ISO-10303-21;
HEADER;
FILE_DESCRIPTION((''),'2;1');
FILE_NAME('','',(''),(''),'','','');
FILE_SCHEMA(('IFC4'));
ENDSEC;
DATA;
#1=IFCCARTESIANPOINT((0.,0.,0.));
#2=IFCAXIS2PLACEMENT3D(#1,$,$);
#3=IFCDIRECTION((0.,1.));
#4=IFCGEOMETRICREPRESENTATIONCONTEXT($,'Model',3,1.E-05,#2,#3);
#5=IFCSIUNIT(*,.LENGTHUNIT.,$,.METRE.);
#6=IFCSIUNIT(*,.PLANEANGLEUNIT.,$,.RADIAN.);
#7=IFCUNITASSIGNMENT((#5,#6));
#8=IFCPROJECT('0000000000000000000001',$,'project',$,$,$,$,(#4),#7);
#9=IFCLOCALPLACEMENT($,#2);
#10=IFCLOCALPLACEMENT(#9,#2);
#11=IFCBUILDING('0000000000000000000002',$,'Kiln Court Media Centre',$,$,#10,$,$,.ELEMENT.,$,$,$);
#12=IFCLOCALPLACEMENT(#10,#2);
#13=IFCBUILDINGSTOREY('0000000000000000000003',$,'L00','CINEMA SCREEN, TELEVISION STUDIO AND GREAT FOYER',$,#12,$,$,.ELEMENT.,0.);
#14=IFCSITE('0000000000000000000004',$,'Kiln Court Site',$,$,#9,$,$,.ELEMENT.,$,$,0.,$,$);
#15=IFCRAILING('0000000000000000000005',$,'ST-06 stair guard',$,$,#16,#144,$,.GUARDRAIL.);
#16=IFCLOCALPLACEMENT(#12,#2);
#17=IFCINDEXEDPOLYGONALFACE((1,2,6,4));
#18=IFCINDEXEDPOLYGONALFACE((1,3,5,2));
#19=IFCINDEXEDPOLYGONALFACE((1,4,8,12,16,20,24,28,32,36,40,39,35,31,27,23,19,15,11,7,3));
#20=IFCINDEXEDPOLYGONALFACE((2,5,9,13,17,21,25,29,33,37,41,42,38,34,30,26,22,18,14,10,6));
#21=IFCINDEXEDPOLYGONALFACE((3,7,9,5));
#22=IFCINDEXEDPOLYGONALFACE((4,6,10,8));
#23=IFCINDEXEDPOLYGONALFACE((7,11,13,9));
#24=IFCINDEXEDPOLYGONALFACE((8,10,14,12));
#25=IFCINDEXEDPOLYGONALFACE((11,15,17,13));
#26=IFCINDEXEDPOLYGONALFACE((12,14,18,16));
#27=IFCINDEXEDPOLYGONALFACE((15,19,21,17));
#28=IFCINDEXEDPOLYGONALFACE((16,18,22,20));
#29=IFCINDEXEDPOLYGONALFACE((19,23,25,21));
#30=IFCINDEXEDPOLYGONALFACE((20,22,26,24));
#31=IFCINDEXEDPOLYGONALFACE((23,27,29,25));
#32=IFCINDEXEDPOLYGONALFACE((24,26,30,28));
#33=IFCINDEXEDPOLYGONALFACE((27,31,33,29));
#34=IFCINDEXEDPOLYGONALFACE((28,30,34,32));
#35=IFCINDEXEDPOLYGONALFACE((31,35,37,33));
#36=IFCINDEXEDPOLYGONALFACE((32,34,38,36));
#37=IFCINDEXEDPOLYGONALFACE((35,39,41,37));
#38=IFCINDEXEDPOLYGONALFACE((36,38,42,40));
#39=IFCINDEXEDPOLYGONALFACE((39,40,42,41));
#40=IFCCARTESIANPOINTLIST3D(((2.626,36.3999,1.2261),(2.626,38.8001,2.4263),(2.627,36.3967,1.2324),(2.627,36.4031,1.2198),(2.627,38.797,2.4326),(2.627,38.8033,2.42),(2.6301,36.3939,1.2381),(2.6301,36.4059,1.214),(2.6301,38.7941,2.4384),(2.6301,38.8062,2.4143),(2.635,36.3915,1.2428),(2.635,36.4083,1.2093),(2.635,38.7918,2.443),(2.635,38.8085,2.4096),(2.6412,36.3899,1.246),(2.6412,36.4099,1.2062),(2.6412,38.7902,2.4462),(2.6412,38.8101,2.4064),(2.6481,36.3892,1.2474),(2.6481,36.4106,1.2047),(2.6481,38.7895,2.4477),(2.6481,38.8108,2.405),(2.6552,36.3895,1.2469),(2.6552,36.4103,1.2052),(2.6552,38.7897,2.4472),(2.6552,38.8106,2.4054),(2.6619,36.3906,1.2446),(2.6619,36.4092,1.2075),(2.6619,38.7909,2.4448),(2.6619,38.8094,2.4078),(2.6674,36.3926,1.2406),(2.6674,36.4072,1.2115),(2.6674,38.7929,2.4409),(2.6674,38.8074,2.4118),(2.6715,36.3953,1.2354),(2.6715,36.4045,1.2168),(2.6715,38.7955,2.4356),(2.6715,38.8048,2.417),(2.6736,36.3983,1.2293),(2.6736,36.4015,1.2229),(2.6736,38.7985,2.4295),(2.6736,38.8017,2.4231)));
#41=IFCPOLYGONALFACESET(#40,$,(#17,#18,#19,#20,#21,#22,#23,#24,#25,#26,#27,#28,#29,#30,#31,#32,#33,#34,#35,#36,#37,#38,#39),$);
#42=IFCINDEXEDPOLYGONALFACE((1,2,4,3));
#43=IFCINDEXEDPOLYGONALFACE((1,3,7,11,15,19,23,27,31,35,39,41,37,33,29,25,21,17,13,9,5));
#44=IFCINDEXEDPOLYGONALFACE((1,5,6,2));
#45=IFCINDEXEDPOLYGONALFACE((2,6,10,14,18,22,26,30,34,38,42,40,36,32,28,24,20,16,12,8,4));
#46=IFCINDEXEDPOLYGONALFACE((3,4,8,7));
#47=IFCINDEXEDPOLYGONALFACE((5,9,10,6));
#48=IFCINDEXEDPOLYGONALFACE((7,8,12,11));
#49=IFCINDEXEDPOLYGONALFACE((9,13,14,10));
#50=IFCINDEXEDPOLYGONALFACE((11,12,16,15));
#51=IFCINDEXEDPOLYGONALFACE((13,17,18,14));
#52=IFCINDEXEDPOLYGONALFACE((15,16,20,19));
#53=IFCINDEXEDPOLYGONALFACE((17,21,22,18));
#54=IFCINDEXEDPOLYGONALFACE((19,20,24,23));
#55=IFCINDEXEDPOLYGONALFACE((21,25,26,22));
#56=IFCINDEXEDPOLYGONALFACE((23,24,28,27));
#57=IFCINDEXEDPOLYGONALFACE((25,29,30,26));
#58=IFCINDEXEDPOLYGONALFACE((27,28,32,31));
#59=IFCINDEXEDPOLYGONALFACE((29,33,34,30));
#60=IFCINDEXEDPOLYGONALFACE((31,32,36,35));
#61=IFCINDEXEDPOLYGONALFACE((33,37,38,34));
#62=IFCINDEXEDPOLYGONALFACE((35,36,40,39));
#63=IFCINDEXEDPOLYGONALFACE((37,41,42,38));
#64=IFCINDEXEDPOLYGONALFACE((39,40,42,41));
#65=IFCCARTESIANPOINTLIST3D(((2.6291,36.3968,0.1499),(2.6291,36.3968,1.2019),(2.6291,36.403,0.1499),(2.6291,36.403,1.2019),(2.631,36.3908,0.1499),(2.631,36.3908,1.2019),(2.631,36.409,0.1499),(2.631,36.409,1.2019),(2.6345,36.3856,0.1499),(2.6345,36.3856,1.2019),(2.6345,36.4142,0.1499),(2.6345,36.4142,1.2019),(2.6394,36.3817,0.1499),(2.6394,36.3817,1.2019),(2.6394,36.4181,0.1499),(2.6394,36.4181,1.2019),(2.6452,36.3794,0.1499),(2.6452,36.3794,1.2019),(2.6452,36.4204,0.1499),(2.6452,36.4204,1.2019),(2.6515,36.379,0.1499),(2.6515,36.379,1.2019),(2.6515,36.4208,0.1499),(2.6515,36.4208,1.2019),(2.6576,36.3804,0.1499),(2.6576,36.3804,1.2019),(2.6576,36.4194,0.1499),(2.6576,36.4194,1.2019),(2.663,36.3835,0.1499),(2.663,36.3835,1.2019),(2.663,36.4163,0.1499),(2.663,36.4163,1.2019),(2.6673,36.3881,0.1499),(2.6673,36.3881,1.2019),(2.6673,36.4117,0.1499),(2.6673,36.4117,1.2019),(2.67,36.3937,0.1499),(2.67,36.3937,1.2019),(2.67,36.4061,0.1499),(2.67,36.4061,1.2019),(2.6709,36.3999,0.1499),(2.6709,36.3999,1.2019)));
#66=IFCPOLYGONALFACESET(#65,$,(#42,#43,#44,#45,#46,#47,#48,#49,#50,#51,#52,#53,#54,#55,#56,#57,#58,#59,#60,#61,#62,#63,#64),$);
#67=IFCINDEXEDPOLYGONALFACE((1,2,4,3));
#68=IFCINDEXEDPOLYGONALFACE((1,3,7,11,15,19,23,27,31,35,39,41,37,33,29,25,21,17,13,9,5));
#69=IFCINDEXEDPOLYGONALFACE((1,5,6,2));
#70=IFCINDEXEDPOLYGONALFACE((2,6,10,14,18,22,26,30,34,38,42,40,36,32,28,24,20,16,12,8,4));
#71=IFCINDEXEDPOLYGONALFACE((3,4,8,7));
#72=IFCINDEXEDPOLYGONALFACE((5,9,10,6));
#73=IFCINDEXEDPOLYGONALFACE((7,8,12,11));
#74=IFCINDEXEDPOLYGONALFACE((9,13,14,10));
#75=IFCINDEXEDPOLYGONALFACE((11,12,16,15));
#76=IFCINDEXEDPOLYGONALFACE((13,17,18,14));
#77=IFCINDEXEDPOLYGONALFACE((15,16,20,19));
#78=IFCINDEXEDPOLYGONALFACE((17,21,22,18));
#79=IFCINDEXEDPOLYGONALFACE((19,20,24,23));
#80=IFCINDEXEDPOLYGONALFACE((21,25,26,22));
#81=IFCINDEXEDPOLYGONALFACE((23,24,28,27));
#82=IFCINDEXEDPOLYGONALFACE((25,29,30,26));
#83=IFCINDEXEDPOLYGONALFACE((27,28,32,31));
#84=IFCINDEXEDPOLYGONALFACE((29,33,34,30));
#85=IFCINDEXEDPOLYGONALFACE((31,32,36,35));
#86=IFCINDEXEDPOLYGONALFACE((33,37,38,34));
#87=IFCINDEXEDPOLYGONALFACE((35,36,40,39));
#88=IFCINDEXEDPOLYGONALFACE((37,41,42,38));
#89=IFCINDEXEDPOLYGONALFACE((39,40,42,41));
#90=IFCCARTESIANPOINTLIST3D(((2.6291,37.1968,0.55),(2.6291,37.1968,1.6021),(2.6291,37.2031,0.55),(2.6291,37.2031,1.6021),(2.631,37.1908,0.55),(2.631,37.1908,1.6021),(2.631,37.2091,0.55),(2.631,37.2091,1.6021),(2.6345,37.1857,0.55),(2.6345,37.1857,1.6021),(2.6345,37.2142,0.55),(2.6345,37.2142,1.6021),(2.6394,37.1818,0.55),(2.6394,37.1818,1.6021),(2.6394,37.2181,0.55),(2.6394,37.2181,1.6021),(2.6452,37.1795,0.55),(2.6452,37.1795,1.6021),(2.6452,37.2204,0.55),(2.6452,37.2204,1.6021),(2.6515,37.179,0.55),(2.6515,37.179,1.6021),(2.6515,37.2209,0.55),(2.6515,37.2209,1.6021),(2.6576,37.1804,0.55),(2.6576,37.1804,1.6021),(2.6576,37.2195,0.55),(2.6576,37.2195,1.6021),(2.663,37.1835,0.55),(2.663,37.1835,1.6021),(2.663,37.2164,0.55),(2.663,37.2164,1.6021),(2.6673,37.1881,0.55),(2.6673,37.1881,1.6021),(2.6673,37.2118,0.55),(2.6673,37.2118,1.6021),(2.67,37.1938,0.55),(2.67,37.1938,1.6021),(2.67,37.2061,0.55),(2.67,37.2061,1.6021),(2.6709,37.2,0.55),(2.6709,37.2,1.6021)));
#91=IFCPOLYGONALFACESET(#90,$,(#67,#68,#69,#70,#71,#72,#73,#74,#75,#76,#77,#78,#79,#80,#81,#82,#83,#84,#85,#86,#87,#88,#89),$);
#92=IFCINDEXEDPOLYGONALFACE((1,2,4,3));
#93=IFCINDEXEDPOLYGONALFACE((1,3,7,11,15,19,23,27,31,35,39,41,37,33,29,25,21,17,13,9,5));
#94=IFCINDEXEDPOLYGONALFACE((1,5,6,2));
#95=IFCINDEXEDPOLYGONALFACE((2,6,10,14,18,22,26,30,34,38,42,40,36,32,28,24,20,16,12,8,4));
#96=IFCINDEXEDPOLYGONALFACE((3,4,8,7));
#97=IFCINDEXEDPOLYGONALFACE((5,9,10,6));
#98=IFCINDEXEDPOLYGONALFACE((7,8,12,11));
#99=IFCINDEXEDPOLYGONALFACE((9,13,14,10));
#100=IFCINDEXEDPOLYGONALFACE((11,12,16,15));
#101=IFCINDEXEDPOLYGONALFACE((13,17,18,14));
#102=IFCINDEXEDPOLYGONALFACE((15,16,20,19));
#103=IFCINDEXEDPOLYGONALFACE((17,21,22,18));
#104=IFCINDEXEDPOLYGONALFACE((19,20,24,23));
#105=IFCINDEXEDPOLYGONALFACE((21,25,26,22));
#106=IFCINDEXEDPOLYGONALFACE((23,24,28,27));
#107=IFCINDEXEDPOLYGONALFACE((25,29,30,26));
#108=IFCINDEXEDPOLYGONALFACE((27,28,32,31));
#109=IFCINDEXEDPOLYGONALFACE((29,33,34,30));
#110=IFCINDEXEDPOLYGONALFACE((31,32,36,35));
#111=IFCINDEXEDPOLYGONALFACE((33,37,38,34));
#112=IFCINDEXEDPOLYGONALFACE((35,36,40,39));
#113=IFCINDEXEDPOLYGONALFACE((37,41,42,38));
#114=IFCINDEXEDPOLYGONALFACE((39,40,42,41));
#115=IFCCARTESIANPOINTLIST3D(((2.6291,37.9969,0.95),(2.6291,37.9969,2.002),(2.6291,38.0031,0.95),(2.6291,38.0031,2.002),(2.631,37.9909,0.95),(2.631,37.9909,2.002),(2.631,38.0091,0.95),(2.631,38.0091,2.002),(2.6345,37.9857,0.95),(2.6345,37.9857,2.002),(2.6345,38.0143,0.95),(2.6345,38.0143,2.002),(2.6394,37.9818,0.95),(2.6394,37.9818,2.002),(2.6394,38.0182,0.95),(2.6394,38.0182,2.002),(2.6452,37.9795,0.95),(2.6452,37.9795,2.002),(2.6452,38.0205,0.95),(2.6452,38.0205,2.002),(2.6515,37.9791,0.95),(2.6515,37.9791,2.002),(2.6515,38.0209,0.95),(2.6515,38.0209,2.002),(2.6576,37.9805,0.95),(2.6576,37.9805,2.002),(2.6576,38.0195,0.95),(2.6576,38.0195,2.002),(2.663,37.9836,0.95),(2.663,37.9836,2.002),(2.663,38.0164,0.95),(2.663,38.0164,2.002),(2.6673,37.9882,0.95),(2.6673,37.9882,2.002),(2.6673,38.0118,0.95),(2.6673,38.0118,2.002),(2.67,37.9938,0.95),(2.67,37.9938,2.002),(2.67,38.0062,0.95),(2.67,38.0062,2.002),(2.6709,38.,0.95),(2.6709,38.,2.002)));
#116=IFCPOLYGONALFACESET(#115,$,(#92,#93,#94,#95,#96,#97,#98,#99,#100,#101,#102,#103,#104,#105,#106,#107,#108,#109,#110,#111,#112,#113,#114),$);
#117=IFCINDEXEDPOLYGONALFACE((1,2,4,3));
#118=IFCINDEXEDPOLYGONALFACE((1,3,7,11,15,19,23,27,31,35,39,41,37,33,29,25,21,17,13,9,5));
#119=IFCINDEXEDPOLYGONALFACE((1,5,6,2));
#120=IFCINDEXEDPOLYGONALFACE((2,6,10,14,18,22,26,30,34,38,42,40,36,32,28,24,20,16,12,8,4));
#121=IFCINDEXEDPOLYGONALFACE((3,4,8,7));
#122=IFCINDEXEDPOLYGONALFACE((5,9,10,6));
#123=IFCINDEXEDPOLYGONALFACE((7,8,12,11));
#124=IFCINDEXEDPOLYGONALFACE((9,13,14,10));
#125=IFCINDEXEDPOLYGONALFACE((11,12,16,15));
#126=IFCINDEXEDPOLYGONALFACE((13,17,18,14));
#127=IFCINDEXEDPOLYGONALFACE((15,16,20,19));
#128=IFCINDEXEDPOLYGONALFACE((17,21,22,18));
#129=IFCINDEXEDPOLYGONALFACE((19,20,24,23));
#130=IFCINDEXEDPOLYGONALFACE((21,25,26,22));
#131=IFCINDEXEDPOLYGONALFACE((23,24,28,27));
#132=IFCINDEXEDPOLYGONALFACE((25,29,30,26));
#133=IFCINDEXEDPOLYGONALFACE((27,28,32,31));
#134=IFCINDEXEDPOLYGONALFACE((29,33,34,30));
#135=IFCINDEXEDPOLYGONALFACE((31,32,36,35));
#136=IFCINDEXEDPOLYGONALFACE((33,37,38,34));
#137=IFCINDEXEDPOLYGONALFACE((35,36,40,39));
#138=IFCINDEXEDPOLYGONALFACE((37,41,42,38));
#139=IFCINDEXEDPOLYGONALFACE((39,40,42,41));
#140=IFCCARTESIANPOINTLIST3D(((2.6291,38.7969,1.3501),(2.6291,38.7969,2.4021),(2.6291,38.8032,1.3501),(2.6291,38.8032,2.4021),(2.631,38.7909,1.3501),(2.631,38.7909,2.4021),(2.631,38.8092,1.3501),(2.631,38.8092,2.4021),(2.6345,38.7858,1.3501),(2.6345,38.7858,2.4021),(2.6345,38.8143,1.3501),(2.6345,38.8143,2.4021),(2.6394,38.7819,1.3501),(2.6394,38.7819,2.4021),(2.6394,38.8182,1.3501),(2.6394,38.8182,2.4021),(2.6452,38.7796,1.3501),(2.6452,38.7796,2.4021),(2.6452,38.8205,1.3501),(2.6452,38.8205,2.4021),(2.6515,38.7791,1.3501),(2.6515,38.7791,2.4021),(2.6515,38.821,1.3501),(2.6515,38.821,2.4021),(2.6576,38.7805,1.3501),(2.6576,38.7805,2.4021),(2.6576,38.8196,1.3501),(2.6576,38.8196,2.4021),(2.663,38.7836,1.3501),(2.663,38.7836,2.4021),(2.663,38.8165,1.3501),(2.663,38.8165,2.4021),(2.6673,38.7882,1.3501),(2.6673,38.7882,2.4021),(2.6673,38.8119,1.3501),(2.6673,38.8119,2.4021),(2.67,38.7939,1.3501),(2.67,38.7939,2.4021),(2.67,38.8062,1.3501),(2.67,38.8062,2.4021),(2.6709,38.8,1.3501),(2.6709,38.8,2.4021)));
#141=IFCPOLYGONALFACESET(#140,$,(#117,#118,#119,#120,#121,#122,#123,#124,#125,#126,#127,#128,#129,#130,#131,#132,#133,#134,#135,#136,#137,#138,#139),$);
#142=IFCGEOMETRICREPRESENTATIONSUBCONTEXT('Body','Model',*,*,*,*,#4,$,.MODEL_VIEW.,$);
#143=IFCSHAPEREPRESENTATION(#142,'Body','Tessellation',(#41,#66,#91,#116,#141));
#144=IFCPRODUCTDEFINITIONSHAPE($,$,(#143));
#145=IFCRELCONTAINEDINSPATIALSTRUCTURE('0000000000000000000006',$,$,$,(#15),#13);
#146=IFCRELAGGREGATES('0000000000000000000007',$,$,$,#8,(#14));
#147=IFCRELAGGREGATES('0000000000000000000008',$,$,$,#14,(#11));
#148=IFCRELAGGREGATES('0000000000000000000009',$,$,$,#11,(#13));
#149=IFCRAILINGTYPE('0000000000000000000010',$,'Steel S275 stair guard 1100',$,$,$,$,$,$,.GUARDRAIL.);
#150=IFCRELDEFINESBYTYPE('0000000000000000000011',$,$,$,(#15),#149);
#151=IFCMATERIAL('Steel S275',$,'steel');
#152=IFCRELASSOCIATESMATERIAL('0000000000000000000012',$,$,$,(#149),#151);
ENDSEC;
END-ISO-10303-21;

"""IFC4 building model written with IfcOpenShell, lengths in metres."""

from ifc_helpers import new_model, si_unit, direction, frame, origin, origin_2d, place, context, subcontext, project, spatial, circle, extrude, material, type_object, element, save


model = new_model("IFC4")

# Units and contexts
model_context = context("Model", 3, precision=1e-05, world=origin(), true_north=direction((0.0, 1.0)))
body_context = subcontext(model_context, "Body", "Model", "MODEL_VIEW")
ifc_project = project(units=[si_unit("LENGTHUNIT", "METRE"), si_unit("PLANEANGLEUNIT", "RADIAN")], contexts=[model_context])

# Site, building, storey
site_placement = place(None, origin())
site = spatial("IfcSite", under=ifc_project, at=site_placement, Name="Kiln Court Site", CompositionType="ELEMENT", RefElevation=0.0)
building_placement = place(site_placement, origin())
building = spatial("IfcBuilding", under=site, at=building_placement, Name="Kiln Court Media Centre", CompositionType="ELEMENT")
storey_placement = place(building_placement, origin())
storey = spatial("IfcBuildingStorey", under=building, at=storey_placement, Name="L00", Description="CINEMA SCREEN, TELEVISION STUDIO AND GREAT FOYER", CompositionType="ELEMENT", Elevation=0.0)

# Railing
ifc_material_1 = material(Name="Steel S275", Category="steel")
railing_type_1 = type_object("IfcRailingType", Name="Steel S275 stair guard 1100", PredefinedType="GUARDRAIL", material=ifc_material_1)
railing_1_placement = place(storey_placement, frame((2.6499, 36.3999, 0.1499)))
element("IfcRailing", 1, at=railing_1_placement, inside=storey, type_object=railing_type_1, Name="ST-06 stair guard", PredefinedType="GUARDRAIL", context=body_context, shape_type="SweptSolid", body=[
    extrude(circle(Radius=0.0239, at=origin_2d()), frame((0.0, 0.0, 1.0762), z_axis=(0.0, 0.894409, 0.44725), x_axis=(-1.0, 0.0, 0.0)), (0.0, 0.0, 1.0), 2.6836),
    extrude(circle(Radius=0.021, at=origin_2d()), origin(), (0.0, 0.0, 1.0), 1.052),
    extrude(circle(Radius=0.021, at=origin_2d()), frame((0.0, 0.8, 0.4001)), (0.0, 0.0, 1.0), 1.052),
    extrude(circle(Radius=0.021, at=origin_2d()), frame((0.0, 1.6001, 0.8)), (0.0, 0.0, 1.0), 1.052),
    extrude(circle(Radius=0.021, at=origin_2d()), frame((0.0, 2.4001, 1.2002)), (0.0, 0.0, 1.0), 1.052),
])

save(model, "model.ifc")
